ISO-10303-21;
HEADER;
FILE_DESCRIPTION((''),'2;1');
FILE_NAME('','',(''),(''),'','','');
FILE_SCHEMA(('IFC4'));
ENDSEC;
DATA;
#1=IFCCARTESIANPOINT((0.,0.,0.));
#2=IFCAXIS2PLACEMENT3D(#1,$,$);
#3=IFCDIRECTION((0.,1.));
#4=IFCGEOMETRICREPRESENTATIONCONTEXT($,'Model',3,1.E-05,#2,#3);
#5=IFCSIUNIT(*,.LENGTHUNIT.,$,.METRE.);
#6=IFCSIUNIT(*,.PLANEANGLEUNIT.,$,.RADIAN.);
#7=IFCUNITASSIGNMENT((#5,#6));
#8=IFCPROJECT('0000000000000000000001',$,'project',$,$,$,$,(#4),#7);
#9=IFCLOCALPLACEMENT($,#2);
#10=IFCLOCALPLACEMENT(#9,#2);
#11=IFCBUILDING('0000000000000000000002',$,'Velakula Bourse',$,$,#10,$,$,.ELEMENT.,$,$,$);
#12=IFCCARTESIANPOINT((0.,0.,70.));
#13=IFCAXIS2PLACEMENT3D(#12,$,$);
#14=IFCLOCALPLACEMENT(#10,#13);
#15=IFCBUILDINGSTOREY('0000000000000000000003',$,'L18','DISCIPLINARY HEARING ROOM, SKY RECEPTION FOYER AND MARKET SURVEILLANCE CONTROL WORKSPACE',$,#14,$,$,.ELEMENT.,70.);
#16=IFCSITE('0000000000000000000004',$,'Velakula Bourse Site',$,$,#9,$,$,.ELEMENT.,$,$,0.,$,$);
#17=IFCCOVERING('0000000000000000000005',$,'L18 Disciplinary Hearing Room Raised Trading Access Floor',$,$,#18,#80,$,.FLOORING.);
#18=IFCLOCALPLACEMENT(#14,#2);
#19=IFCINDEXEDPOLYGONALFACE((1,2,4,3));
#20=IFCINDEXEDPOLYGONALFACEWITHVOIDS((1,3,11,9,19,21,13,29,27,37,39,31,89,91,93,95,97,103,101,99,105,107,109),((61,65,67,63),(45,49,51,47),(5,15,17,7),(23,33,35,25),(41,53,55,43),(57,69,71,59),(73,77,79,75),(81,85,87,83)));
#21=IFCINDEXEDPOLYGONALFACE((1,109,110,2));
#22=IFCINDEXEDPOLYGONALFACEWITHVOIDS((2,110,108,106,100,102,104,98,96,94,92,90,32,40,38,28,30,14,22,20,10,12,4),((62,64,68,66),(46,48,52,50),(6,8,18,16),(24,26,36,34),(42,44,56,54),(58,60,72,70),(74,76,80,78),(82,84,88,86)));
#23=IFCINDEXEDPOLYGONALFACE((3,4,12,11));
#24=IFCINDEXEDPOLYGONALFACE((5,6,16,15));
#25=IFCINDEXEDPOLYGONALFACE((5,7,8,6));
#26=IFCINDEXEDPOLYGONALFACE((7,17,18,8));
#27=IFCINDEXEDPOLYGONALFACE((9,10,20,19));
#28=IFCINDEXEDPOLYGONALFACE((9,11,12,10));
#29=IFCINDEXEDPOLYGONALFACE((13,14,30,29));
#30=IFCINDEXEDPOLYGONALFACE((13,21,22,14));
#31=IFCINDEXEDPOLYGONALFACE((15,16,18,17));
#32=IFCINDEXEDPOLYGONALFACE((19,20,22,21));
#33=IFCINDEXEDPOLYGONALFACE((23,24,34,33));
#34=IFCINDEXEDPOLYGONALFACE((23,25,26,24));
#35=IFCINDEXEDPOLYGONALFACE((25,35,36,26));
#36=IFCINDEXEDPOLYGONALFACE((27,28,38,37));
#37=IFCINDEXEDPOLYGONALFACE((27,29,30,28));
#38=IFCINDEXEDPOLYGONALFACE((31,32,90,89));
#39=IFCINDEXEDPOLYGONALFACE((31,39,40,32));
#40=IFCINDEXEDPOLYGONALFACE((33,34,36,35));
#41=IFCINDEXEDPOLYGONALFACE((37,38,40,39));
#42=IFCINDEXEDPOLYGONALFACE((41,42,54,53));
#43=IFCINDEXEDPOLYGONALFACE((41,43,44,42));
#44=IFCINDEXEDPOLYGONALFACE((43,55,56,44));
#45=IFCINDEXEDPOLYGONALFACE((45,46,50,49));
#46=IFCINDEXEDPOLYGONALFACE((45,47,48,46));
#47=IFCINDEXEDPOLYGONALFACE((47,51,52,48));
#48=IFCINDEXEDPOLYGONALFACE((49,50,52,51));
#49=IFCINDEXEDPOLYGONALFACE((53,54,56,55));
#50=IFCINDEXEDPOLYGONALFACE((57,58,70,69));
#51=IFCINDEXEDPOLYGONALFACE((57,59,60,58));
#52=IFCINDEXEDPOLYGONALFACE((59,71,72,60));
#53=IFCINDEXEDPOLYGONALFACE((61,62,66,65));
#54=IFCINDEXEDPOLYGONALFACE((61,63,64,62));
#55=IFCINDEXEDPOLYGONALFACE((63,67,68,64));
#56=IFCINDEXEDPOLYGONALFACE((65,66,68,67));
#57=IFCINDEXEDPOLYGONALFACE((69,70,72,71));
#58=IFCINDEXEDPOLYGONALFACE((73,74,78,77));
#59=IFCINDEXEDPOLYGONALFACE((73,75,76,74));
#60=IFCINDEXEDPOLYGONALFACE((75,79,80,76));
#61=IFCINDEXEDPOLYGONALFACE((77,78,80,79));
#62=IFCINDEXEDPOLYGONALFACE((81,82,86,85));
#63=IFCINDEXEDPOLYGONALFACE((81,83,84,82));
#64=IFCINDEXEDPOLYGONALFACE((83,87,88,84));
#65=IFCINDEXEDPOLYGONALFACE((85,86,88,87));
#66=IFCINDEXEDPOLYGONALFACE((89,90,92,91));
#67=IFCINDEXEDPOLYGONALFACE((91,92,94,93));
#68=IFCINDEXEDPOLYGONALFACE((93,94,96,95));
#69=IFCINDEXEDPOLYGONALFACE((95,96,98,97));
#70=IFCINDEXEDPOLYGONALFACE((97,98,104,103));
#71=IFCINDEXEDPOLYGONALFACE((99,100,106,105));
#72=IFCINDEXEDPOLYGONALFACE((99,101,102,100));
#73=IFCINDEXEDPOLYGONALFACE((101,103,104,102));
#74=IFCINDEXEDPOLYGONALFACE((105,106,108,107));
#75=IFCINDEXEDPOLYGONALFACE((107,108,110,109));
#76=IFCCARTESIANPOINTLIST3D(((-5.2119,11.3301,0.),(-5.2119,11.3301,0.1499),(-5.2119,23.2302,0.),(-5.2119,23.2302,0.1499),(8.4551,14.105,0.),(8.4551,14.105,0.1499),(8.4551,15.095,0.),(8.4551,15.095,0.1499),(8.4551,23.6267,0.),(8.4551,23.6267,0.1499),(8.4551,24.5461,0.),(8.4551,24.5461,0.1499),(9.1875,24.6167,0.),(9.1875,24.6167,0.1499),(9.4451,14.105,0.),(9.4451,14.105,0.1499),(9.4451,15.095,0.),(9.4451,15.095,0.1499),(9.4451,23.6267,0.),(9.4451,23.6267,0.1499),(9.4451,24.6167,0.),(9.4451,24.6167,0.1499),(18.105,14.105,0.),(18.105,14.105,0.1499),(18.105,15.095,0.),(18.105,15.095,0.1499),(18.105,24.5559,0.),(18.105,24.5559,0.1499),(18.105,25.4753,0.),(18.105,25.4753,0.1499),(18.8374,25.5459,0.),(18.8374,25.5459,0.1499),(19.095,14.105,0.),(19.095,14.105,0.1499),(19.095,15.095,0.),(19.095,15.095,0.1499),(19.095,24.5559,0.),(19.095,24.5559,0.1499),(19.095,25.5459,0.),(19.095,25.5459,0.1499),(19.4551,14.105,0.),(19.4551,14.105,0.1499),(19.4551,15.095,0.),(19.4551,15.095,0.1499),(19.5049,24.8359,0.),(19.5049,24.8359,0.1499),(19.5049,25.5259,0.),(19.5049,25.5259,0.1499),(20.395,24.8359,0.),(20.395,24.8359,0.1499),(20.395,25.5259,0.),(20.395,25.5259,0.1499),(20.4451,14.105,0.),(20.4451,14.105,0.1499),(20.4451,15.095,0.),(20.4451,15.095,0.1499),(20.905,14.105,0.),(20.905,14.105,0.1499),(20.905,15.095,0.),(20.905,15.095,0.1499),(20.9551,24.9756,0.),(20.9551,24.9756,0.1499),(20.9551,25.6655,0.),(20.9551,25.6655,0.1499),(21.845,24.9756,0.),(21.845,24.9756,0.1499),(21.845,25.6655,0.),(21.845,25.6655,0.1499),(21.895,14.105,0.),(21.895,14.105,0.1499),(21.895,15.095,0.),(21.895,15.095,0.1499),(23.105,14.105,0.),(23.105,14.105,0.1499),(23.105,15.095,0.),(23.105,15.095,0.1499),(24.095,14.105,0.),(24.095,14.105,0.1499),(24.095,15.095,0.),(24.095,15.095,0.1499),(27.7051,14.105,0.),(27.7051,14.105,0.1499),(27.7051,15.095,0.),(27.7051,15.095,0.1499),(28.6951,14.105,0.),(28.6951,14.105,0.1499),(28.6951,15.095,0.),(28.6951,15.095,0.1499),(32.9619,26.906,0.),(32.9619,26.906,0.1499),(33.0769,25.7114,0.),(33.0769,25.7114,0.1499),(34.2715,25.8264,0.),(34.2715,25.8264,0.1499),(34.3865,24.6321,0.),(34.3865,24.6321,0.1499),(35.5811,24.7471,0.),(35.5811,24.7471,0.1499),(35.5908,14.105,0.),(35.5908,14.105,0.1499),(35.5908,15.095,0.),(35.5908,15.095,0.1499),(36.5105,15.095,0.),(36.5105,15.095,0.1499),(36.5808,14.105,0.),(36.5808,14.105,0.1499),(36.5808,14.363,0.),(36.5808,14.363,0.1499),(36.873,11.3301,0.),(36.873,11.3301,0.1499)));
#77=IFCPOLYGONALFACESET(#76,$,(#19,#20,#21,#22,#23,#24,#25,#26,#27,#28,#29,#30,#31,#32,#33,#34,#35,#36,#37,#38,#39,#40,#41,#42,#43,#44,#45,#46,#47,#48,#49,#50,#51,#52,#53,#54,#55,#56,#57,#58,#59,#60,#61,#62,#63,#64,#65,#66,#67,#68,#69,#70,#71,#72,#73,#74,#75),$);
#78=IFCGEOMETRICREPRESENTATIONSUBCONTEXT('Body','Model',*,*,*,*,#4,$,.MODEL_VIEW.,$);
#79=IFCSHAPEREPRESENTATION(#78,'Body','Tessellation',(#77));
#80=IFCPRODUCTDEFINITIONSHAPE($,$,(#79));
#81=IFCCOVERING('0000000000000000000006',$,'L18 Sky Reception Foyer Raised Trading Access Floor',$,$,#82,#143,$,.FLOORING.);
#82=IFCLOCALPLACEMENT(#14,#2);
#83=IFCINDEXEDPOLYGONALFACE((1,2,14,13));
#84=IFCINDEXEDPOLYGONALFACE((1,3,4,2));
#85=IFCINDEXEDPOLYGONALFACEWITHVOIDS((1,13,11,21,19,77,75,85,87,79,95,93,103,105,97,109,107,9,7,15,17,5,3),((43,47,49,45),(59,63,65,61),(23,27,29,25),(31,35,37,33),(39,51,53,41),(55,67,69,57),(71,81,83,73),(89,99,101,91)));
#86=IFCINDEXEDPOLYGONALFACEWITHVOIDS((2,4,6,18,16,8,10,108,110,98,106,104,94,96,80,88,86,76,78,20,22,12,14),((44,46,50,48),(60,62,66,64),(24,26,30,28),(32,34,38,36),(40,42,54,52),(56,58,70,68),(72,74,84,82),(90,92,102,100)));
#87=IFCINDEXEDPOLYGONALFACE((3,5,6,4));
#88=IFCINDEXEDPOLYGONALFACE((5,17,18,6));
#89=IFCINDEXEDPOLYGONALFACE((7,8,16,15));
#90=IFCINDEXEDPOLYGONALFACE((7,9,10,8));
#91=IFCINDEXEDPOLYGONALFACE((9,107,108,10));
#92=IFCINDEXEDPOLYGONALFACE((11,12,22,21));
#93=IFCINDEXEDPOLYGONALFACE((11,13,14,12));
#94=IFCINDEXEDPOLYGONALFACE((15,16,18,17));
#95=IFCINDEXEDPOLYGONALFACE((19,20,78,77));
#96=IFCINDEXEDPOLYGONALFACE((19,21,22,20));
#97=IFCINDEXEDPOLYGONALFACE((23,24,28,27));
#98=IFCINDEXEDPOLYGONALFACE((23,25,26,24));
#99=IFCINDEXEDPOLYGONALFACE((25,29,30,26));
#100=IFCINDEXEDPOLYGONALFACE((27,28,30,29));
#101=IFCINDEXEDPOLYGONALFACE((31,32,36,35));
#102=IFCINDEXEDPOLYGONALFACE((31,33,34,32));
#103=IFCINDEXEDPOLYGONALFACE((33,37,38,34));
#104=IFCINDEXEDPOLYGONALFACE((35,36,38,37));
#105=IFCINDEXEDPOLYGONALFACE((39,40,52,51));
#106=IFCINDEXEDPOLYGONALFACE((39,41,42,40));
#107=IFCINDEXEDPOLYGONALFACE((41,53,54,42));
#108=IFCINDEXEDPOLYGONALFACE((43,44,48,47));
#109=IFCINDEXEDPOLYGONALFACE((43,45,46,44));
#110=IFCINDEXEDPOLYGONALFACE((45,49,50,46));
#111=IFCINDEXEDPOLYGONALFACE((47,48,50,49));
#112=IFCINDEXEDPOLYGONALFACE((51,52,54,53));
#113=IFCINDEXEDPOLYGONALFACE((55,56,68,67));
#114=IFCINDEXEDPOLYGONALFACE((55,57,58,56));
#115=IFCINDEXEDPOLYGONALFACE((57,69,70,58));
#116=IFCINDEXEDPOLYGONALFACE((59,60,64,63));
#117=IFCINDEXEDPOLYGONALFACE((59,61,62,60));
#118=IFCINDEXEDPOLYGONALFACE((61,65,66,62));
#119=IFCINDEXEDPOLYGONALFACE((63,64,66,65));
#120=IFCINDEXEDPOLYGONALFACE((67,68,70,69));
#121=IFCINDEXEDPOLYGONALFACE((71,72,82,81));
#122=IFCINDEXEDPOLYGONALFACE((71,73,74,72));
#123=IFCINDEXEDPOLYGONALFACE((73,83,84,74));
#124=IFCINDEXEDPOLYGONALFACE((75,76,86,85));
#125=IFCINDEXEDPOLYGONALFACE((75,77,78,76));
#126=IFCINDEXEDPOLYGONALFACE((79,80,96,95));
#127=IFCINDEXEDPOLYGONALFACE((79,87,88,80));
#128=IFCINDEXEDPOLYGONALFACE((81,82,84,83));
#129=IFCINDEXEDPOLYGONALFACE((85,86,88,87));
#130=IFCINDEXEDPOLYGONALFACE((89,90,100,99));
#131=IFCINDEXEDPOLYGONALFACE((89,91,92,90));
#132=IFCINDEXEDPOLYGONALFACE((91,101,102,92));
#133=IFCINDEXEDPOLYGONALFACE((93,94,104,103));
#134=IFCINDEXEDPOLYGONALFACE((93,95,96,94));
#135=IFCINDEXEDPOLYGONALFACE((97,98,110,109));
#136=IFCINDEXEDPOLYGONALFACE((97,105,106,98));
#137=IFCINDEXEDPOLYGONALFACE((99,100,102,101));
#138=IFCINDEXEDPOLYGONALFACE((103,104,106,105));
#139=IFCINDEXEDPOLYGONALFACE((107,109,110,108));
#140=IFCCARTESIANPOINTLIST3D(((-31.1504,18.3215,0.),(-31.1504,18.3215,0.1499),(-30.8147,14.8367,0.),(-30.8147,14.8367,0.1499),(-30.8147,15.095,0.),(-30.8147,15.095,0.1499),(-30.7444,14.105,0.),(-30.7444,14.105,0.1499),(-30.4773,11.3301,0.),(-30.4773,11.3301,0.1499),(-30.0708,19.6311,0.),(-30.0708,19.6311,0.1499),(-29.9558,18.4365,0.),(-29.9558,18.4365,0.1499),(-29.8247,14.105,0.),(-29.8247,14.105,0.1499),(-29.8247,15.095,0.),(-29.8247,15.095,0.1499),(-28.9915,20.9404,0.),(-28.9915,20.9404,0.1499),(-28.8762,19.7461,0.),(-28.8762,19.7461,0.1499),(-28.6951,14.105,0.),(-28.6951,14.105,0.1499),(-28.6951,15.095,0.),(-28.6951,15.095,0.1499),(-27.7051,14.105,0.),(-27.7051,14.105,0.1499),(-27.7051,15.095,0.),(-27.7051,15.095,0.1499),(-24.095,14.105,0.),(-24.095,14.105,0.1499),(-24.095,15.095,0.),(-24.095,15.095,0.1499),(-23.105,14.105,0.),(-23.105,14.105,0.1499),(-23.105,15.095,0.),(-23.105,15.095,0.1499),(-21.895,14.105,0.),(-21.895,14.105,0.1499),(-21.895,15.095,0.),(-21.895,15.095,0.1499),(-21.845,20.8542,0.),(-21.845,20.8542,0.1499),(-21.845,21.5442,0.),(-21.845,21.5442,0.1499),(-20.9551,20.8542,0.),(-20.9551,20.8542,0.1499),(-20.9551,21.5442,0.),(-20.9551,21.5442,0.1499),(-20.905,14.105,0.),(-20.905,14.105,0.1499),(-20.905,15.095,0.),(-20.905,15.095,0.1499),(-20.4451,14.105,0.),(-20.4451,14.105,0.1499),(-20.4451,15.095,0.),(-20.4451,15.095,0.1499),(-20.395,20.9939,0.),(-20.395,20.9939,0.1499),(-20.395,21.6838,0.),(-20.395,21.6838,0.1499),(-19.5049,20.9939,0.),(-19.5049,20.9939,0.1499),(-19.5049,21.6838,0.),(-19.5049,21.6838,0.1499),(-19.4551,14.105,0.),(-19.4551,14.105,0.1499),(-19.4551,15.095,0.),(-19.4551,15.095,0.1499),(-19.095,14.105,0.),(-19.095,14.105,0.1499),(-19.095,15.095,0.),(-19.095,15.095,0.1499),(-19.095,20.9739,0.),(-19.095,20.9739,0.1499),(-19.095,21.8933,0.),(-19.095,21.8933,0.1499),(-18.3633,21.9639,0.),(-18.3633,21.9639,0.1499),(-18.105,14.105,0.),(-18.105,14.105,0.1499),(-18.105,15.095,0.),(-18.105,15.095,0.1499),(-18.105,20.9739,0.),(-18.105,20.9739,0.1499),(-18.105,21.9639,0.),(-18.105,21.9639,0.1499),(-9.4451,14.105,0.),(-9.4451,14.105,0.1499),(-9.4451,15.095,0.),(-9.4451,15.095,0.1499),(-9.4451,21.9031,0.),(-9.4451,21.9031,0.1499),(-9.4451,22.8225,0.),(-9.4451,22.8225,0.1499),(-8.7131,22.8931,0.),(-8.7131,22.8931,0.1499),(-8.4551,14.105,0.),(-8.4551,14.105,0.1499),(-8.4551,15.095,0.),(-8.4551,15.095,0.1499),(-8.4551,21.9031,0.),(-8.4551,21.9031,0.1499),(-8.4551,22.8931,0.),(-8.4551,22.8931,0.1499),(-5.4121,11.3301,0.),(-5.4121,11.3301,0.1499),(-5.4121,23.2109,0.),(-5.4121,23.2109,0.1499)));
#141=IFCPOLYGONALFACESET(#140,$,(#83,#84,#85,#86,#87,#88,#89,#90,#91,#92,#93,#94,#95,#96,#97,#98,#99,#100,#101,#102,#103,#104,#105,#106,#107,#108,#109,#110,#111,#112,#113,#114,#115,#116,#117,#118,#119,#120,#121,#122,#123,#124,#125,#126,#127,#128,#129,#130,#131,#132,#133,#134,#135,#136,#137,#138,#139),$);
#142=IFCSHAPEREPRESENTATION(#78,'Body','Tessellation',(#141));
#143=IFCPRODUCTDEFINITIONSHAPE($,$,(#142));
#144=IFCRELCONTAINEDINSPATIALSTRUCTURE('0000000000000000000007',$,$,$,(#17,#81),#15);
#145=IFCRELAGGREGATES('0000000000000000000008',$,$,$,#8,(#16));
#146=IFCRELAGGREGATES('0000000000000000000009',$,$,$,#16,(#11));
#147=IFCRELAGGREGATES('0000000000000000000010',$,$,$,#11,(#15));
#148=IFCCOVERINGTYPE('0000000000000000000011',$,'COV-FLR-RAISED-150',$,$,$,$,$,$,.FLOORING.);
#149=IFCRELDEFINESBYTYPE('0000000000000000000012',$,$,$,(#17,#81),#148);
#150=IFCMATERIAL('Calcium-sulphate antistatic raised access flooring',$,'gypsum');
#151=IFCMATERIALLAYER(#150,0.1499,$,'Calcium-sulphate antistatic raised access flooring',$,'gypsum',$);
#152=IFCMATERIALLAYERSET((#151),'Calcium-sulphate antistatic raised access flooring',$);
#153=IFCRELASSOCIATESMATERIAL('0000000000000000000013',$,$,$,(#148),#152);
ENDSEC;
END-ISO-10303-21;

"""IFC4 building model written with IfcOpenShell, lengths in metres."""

from ifc_helpers import new_model, si_unit, direction, frame, origin, place, context, subcontext, project, spatial, polyline, outline, extrude, material, layer, layer_set, type_object, element, save


model = new_model("IFC4")

# Units and contexts
model_context = context("Model", 3, precision=1e-05, world=origin(), true_north=direction((0.0, 1.0)))
body_context = subcontext(model_context, "Body", "Model", "MODEL_VIEW")
ifc_project = project(units=[si_unit("LENGTHUNIT", "METRE"), si_unit("PLANEANGLEUNIT", "RADIAN")], contexts=[model_context])

# Site, building, storey
site_placement = place(None, origin())
site = spatial("IfcSite", under=ifc_project, at=site_placement, Name="Velakula Bourse Site", CompositionType="ELEMENT", RefElevation=0.0)
building_placement = place(site_placement, origin())
building = spatial("IfcBuilding", under=site, at=building_placement, Name="Velakula Bourse", CompositionType="ELEMENT")
storey_placement = place(building_placement, frame((0.0, 0.0, 70.0)))
storey = spatial("IfcBuildingStorey", under=building, at=storey_placement, Name="L18", Description="DISCIPLINARY HEARING ROOM, SKY RECEPTION FOYER AND MARKET SURVEILLANCE CONTROL WORKSPACE", CompositionType="ELEMENT", Elevation=70.0)

# Coverings
ifc_material_1 = material(Name="Calcium-sulphate antistatic raised access flooring", Category="gypsum")
ifc_layer_1 = layer(ifc_material_1, 0.1499, Name="Calcium-sulphate antistatic raised access flooring", Category="gypsum")
ifc_layer_set_1 = layer_set([ifc_layer_1], Name="Calcium-sulphate antistatic raised access flooring")
covering_type_1 = type_object("IfcCoveringType", Name="COV-FLR-RAISED-150", PredefinedType="FLOORING", material=ifc_layer_set_1)
covering_1_placement = place(storey_placement, origin())
element("IfcCovering", 1, at=covering_1_placement, inside=storey, type_object=covering_type_1, Name="L18 Disciplinary Hearing Room Raised Trading Access Floor", PredefinedType="FLOORING", context=body_context, shape_type="SweptSolid", body=[
    extrude(outline(polyline([(18.105, 25.4753), (18.105, 24.5559), (19.095, 24.5559), (19.095, 25.5459), (18.8374, 25.5459), (32.9619, 26.906), (33.0769, 25.7114), (34.2715, 25.8264), (34.3865, 24.6321), (35.5811, 24.7471), (36.5105, 15.095), (35.5908, 15.095), (35.5908, 14.105), (36.5808, 14.105), (36.5808, 14.363), (36.873, 11.3301), (-5.2119, 11.3301), (-5.2119, 23.2302), (8.4551, 24.5461), (8.4551, 23.6267), (9.4451, 23.6267), (9.4451, 24.6167), (9.1875, 24.6167), (18.105, 25.4753)]), holes=[polyline([(8.4551, 15.095), (8.4551, 14.105), (9.4451, 14.105), (9.4451, 15.095), (8.4551, 15.095)]), polyline([(20.905, 14.105), (21.895, 14.105), (21.895, 15.095), (20.905, 15.095), (20.905, 14.105)]), polyline([(23.105, 15.095), (23.105, 14.105), (24.095, 14.105), (24.095, 15.095), (23.105, 15.095)]), polyline([(19.4551, 15.095), (19.4551, 14.105), (20.4451, 14.105), (20.4451, 15.095), (19.4551, 15.095)]), polyline([(27.7051, 14.105), (28.6951, 14.105), (28.6951, 15.095), (27.7051, 15.095), (27.7051, 14.105)]), polyline([(18.105, 14.105), (19.095, 14.105), (19.095, 15.095), (18.105, 15.095), (18.105, 14.105)]), polyline([(19.5049, 25.5259), (19.5049, 24.8359), (20.395, 24.8359), (20.395, 25.5259), (19.5049, 25.5259)]), polyline([(20.9551, 25.6655), (20.9551, 24.9756), (21.845, 24.9756), (21.845, 25.6655), (20.9551, 25.6655)])]), origin(), (0.0, 0.0, 1.0), 0.1499),
])
covering_2_placement = place(storey_placement, origin())
element("IfcCovering", 2, at=covering_2_placement, inside=storey, type_object=covering_type_1, Name="L18 Sky Reception Foyer Raised Trading Access Floor", PredefinedType="FLOORING", context=body_context, shape_type="SweptSolid", body=[
    extrude(outline(polyline([(-31.1504, 18.3215), (-29.9558, 18.4365), (-30.0708, 19.6311), (-28.8762, 19.7461), (-28.9915, 20.9404), (-19.095, 21.8933), (-19.095, 20.9739), (-18.105, 20.9739), (-18.105, 21.9639), (-18.3633, 21.9639), (-9.4451, 22.8225), (-9.4451, 21.9031), (-8.4551, 21.9031), (-8.4551, 22.8931), (-8.7131, 22.8931), (-5.4121, 23.2109), (-5.4121, 11.3301), (-30.4773, 11.3301), (-30.7444, 14.105), (-29.8247, 14.105), (-29.8247, 15.095), (-30.8147, 15.095), (-30.8147, 14.8367), (-31.1504, 18.3215)]), holes=[polyline([(-21.895, 15.095), (-21.895, 14.105), (-20.905, 14.105), (-20.905, 15.095), (-21.895, 15.095)]), polyline([(-20.4451, 14.105), (-19.4551, 14.105), (-19.4551, 15.095), (-20.4451, 15.095), (-20.4451, 14.105)]), polyline([(-24.095, 14.105), (-23.105, 14.105), (-23.105, 15.095), (-24.095, 15.095), (-24.095, 14.105)]), polyline([(-19.095, 14.105), (-18.105, 14.105), (-18.105, 15.095), (-19.095, 15.095), (-19.095, 14.105)]), polyline([(-28.6951, 15.095), (-28.6951, 14.105), (-27.7051, 14.105), (-27.7051, 15.095), (-28.6951, 15.095)]), polyline([(-21.845, 20.8542), (-20.9551, 20.8542), (-20.9551, 21.5442), (-21.845, 21.5442), (-21.845, 20.8542)]), polyline([(-20.395, 20.9939), (-19.5049, 20.9939), (-19.5049, 21.6838), (-20.395, 21.6838), (-20.395, 20.9939)]), polyline([(-9.4451, 15.095), (-9.4451, 14.105), (-8.4551, 14.105), (-8.4551, 15.095), (-9.4451, 15.095)])]), origin(), (0.0, 0.0, 1.0), 0.1499),
])

save(model, "model.ifc")
